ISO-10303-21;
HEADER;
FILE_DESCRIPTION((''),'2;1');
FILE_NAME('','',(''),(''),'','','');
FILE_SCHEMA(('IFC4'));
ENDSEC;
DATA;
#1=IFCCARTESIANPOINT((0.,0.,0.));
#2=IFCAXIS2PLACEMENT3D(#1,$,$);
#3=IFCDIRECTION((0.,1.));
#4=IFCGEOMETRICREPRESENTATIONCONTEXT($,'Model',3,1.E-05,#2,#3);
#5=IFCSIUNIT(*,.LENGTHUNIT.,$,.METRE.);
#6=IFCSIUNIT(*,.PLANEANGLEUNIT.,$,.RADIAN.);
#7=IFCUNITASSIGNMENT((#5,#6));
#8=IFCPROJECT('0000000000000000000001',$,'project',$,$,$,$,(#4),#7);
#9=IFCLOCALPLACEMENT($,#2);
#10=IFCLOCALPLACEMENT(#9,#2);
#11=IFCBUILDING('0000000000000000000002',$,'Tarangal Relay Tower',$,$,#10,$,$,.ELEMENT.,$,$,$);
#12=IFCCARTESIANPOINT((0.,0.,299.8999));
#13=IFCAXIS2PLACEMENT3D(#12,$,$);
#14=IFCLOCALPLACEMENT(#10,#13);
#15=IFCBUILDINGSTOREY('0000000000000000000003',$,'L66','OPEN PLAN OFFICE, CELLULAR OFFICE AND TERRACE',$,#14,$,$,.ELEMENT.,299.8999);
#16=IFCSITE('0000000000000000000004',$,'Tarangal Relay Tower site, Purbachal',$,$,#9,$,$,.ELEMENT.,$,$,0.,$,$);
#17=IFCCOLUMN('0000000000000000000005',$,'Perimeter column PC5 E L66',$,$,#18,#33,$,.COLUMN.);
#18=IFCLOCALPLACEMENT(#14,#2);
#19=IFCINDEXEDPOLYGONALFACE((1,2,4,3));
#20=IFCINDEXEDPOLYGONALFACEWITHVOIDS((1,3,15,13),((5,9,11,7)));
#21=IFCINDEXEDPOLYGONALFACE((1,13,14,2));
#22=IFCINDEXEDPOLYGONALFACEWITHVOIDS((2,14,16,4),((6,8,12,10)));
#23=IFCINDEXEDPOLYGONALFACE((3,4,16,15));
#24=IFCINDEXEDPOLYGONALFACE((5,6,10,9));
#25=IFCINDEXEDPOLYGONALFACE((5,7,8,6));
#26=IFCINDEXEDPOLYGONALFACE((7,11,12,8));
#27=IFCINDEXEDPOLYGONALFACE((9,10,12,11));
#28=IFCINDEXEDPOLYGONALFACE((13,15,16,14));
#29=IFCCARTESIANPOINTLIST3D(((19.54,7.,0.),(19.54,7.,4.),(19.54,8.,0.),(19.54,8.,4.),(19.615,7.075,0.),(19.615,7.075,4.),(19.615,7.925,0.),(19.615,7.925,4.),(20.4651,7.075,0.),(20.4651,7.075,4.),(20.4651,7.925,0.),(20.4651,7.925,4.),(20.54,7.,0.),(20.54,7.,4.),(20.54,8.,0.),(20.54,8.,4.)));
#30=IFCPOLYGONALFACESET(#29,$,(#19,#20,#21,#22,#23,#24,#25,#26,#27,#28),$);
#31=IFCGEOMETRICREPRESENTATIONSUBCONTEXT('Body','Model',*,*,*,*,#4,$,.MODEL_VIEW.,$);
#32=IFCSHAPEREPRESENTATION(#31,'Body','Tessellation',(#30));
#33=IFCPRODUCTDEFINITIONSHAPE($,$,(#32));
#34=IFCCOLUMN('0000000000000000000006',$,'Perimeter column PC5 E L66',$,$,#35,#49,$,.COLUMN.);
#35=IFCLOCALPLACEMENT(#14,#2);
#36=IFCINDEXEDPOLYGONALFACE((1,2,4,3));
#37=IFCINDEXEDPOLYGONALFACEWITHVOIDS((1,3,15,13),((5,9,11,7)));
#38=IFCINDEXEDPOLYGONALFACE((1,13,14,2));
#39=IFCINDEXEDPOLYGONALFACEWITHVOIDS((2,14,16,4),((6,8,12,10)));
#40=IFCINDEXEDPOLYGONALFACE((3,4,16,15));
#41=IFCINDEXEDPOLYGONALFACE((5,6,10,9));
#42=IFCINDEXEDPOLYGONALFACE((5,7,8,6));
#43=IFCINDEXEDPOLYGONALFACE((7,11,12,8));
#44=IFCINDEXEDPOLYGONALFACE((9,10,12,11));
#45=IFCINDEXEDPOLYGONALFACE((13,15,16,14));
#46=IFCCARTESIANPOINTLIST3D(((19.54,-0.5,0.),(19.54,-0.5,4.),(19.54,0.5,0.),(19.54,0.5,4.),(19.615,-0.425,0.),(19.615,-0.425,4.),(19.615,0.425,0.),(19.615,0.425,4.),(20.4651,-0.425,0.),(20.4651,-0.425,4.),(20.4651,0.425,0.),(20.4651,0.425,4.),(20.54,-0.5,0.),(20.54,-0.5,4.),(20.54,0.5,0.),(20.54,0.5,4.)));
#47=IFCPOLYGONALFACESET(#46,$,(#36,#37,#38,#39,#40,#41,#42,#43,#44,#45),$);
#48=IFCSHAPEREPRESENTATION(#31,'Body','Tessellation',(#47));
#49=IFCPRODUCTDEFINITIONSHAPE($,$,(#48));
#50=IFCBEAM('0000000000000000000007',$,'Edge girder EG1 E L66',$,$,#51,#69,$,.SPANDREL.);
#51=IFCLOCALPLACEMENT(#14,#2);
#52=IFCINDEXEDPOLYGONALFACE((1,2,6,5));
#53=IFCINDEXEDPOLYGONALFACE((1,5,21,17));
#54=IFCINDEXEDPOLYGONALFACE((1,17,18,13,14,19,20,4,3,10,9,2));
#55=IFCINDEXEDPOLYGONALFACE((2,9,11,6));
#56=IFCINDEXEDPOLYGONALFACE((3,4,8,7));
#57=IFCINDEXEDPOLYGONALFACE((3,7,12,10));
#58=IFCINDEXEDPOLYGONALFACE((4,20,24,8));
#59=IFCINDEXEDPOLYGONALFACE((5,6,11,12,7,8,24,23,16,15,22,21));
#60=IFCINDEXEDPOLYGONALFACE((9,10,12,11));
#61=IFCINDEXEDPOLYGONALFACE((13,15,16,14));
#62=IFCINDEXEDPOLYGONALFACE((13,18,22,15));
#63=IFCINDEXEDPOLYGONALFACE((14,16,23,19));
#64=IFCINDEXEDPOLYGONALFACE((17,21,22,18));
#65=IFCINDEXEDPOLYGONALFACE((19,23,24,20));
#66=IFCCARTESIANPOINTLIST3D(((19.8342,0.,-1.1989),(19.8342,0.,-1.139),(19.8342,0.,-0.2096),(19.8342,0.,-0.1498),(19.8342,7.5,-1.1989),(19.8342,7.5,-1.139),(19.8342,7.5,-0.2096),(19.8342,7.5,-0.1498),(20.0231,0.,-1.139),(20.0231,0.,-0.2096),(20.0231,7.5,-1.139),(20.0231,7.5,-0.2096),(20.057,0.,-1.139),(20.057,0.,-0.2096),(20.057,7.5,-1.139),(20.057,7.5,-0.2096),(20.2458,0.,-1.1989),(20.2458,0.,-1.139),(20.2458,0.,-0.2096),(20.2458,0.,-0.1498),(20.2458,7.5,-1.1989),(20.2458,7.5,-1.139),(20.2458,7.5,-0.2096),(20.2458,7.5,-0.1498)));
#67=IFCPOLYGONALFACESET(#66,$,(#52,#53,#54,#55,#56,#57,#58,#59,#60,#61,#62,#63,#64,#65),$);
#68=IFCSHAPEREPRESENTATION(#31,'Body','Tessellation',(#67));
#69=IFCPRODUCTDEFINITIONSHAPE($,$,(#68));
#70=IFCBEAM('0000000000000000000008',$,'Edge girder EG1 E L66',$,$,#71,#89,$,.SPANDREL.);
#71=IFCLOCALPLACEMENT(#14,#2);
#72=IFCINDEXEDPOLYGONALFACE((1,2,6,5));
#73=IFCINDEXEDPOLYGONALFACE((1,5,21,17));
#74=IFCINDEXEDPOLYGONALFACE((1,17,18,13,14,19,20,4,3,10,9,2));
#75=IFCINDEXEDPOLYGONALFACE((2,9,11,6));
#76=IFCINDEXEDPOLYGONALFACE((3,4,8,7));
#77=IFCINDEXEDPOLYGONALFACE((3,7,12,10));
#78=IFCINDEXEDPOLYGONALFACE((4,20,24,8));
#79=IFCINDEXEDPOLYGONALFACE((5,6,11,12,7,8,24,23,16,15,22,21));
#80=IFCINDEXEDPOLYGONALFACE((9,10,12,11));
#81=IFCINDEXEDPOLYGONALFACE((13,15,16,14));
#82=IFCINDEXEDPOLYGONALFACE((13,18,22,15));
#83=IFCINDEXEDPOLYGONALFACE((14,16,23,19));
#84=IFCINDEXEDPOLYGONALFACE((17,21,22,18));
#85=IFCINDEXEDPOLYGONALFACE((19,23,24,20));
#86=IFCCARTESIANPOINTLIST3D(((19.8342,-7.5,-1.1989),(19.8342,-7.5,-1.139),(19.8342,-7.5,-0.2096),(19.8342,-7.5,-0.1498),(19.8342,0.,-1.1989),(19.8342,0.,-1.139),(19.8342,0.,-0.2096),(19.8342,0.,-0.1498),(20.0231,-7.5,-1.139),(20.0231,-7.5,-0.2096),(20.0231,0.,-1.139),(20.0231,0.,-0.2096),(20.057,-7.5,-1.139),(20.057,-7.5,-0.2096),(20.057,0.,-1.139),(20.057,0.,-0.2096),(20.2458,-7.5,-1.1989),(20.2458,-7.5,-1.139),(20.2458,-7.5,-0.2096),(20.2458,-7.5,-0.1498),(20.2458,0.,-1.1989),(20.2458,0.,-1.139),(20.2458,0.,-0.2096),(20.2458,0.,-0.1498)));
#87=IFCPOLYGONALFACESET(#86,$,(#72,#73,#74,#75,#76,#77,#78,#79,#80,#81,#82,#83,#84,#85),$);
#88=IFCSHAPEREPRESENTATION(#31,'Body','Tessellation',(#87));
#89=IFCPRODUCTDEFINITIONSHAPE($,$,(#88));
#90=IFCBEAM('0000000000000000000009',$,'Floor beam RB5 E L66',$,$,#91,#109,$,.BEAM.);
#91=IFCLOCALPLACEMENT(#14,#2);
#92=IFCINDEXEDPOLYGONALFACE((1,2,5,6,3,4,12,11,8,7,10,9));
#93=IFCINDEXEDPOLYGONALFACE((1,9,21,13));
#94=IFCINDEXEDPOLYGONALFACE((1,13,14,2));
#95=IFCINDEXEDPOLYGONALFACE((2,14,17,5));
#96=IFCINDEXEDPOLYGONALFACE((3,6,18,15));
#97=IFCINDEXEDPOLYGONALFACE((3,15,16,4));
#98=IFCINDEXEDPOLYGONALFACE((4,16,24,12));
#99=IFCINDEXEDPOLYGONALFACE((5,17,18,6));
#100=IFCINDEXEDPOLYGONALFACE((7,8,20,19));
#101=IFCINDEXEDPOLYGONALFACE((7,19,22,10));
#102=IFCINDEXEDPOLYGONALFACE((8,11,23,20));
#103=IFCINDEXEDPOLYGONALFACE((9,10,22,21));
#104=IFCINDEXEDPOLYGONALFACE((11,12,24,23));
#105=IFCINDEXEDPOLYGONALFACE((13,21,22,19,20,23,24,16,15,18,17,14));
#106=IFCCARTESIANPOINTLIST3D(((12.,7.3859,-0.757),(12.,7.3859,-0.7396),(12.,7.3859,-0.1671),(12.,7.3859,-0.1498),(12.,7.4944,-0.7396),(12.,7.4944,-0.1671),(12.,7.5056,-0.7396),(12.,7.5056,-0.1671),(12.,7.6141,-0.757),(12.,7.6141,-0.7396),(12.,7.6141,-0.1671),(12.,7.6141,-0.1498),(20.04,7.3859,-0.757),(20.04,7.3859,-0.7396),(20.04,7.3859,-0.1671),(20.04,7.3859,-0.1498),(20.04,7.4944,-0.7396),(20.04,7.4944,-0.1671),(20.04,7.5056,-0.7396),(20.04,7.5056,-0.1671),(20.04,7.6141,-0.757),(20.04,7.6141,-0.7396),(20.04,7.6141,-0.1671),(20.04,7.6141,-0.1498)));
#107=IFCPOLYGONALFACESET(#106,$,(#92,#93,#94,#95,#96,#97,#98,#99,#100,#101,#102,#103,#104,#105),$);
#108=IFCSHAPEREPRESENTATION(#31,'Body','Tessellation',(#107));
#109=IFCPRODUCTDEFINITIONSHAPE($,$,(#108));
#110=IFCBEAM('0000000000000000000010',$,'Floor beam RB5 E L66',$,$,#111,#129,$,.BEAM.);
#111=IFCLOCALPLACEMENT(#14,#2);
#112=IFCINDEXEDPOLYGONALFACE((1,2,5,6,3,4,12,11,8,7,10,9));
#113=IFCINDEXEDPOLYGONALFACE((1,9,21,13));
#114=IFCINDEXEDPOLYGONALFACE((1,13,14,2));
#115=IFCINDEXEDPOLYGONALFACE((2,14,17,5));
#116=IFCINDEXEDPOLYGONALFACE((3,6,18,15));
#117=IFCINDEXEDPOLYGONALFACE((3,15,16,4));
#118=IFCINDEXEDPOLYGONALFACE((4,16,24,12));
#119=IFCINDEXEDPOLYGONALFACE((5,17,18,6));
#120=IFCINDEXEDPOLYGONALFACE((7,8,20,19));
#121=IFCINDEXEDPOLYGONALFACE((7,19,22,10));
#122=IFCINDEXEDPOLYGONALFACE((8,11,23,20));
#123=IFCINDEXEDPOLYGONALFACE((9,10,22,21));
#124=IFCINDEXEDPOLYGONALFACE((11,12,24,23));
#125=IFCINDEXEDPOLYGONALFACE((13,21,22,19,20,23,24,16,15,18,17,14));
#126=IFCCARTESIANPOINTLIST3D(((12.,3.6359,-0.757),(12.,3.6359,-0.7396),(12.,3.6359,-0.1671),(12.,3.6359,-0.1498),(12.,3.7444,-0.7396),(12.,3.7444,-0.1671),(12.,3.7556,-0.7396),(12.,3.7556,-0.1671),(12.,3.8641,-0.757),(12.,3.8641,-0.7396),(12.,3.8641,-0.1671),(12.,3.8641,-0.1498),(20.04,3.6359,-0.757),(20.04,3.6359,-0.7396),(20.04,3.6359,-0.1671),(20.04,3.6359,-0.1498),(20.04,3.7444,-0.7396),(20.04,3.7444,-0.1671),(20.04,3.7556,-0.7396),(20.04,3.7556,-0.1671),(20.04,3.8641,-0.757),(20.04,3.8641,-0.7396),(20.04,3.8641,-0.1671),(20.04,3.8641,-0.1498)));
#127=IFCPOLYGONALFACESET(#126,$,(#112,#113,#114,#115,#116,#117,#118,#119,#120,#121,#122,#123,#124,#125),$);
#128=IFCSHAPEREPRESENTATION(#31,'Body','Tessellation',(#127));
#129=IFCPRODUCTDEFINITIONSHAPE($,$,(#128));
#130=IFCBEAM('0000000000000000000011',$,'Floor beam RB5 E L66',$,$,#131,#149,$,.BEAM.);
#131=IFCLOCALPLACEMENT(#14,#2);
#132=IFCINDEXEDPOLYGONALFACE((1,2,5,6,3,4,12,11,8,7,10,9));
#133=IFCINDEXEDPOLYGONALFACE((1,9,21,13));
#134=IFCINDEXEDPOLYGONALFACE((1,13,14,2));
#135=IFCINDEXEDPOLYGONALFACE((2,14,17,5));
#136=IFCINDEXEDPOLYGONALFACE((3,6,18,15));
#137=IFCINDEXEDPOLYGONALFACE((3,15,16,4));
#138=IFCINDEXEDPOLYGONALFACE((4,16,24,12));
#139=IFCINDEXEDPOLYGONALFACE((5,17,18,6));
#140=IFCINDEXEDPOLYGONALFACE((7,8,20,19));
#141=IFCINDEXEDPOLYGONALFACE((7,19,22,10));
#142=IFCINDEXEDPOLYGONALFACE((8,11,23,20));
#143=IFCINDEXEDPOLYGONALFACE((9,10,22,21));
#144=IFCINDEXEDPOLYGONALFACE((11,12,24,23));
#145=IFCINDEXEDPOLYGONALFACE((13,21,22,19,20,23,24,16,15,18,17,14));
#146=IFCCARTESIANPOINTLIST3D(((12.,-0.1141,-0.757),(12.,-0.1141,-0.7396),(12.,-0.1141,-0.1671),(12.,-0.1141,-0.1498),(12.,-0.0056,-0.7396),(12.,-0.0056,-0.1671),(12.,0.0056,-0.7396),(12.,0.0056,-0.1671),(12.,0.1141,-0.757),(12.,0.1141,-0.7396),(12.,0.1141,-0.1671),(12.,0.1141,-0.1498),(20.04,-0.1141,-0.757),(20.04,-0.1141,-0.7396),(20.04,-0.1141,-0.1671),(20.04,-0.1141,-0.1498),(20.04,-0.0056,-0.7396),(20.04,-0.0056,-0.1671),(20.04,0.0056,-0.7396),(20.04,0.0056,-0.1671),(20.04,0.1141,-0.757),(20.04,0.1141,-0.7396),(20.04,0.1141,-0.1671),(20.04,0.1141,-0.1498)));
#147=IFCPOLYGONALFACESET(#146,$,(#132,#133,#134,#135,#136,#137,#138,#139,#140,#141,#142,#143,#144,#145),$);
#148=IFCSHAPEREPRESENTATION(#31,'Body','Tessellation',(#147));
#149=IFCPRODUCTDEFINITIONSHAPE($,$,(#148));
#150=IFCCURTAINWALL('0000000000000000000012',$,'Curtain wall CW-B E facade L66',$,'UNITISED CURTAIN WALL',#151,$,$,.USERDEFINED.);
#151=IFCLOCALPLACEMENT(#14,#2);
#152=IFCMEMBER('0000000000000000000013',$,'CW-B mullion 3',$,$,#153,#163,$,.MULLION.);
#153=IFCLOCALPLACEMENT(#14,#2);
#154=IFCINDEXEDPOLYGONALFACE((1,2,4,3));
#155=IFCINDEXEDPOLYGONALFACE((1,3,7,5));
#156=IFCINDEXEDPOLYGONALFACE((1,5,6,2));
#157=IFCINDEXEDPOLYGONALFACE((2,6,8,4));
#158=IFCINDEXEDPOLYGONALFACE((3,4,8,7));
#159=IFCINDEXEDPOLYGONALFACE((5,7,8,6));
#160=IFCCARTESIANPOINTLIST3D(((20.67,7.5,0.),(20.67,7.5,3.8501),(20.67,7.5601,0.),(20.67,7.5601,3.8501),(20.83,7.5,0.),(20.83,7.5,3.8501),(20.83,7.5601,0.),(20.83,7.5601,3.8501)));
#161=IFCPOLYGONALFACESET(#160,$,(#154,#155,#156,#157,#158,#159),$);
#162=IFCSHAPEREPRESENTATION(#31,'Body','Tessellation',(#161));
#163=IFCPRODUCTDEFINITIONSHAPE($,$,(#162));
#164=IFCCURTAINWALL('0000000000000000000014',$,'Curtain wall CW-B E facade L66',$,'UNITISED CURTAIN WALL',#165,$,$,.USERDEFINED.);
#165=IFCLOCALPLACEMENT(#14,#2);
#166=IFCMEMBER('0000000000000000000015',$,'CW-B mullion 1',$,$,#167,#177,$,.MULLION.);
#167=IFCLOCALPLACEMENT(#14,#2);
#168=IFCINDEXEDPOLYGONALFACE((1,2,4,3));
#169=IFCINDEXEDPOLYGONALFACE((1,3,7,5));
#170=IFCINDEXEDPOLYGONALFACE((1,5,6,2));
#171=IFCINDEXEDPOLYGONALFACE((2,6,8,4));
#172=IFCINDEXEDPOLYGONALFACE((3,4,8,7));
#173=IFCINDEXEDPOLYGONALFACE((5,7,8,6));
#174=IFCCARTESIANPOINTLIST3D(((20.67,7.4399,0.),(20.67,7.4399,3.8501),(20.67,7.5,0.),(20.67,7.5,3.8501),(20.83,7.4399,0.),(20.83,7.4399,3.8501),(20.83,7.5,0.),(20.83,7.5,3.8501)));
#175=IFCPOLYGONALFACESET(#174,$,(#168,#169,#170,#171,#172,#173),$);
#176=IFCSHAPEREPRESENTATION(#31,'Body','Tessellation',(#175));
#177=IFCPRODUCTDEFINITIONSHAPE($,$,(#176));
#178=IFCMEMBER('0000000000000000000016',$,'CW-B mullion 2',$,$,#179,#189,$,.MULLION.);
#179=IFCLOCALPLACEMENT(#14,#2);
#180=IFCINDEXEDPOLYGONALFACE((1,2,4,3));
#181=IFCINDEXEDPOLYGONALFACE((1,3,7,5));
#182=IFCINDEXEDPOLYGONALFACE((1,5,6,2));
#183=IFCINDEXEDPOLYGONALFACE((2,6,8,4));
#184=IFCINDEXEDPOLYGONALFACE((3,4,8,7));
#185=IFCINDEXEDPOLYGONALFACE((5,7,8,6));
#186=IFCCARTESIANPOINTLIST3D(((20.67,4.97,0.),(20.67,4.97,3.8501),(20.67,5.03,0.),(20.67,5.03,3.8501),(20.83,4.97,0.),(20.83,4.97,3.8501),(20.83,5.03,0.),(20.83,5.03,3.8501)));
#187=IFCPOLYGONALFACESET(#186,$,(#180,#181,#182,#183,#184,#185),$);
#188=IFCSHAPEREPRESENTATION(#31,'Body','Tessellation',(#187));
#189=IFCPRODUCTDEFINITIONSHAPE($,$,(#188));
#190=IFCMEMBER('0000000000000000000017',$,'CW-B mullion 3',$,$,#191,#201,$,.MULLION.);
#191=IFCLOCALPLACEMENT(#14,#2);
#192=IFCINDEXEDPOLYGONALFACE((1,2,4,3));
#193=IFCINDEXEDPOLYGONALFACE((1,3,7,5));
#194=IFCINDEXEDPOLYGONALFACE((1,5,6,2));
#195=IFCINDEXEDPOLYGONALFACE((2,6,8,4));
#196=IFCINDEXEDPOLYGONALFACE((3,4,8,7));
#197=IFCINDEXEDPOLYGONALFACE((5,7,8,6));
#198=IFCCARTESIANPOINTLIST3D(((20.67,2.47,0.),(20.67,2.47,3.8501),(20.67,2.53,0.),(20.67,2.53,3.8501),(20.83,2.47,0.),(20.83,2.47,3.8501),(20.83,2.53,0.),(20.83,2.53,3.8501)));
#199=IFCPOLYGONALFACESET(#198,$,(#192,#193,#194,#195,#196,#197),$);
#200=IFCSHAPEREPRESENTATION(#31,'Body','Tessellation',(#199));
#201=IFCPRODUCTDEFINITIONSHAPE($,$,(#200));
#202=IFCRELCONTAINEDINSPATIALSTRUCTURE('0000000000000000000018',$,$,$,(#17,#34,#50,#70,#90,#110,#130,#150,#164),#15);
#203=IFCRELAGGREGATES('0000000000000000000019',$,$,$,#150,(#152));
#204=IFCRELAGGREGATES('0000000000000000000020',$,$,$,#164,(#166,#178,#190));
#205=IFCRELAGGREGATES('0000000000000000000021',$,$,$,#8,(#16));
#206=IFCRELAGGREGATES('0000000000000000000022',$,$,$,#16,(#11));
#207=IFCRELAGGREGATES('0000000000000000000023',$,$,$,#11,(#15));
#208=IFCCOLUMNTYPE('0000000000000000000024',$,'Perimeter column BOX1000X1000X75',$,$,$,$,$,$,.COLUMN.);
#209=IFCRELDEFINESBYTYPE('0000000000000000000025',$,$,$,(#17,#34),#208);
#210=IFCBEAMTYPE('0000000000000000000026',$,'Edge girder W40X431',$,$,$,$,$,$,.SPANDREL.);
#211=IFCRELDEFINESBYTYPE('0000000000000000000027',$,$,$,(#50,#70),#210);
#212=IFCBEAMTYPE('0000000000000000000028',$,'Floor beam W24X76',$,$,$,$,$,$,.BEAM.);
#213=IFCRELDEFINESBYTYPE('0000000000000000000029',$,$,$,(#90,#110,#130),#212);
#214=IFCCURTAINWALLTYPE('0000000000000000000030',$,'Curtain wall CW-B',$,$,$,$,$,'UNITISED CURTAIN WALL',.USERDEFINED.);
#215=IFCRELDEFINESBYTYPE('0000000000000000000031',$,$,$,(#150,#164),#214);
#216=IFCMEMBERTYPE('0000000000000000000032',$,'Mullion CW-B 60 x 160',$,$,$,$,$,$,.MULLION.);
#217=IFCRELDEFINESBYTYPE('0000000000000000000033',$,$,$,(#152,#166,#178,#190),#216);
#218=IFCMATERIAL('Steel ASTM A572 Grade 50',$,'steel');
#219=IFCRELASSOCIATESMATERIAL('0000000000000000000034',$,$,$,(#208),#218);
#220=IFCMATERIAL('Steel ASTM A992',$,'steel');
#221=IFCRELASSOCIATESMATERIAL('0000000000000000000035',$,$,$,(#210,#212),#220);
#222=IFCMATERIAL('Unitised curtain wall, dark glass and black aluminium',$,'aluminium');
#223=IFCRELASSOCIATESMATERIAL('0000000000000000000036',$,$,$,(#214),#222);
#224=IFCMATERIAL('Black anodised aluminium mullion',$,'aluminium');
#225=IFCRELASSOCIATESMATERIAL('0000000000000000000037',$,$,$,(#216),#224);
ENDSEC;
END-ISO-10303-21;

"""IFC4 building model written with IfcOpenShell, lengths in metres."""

from ifc_helpers import new_model, si_unit, direction, frame, origin, origin_2d, place, context, subcontext, project, spatial, rectangle, hollow_rectangle, i_section, extrude, material, material_profile, profile_set, type_object, element, aggregate, save


model = new_model("IFC4")

# Units and contexts
model_context = context("Model", 3, precision=1e-05, world=origin(), true_north=direction((0.0, 1.0)))
body_context = subcontext(model_context, "Body", "Model", "MODEL_VIEW")
ifc_project = project(units=[si_unit("LENGTHUNIT", "METRE"), si_unit("PLANEANGLEUNIT", "RADIAN")], contexts=[model_context])

# Site, building, storey
site_placement = place(None, origin())
site = spatial("IfcSite", under=ifc_project, at=site_placement, Name="Tarangal Relay Tower site, Purbachal", CompositionType="ELEMENT", RefElevation=0.0)
building_placement = place(site_placement, origin())
building = spatial("IfcBuilding", under=site, at=building_placement, Name="Tarangal Relay Tower", CompositionType="ELEMENT")
storey_placement = place(building_placement, frame((0.0, 0.0, 299.8999)))
storey = spatial("IfcBuildingStorey", under=building, at=storey_placement, Name="L66", Description="OPEN PLAN OFFICE, CELLULAR OFFICE AND TERRACE", CompositionType="ELEMENT", Elevation=299.8999)

# Columns
ifc_material_1 = material(Name="Steel ASTM A572 Grade 50", Category="steel")
ifc_material_profile_1 = material_profile(ifc_material_1, hollow_rectangle(XDim=1.0, YDim=1.0, WallThickness=0.075, at=origin_2d()), Name="BOX1000X1000X75")
ifc_profile_set_1 = profile_set([ifc_material_profile_1], Name="Steel ASTM A572 Grade 50")
column_type = type_object("IfcColumnType", Name="Perimeter column BOX1000X1000X75", PredefinedType="COLUMN", material=ifc_profile_set_1)
for number, where, z_axis, x_axis, name in (
    (1, (20.04, 7.5, 0.0), (0.0, 0.0, 1.0), (1.0, 0.0, 0.0), "Perimeter column PC5 E L66"),
    (2, (20.04, 0.0, 0.0), (0.0, 0.0, 1.0), (1.0, 0.0, 0.0), "Perimeter column PC5 E L66"),
):
    element("IfcColumn", number, at=place(storey_placement, frame(where, z_axis=z_axis, x_axis=x_axis)), inside=storey, type_object=column_type, Name=name, PredefinedType="COLUMN", context=body_context, shape_type="SweptSolid", body=[
        extrude(hollow_rectangle(XDim=1.0, YDim=1.0, WallThickness=0.075, at=origin_2d()), origin(), (0.0, 0.0, 1.0), 4.0),
    ])

# Beams
ifc_material_2 = material(Name="Steel ASTM A992", Category="steel")
ifc_material_profile_2 = material_profile(ifc_material_2, i_section(OverallWidth=0.4116, OverallDepth=1.0491, WebThickness=0.0339, FlangeThickness=0.0598, at=origin_2d()), Name="W40X431")
ifc_profile_set_2 = profile_set([ifc_material_profile_2], Name="Steel ASTM A992")
beam_type_1 = type_object("IfcBeamType", Name="Edge girder W40X431", PredefinedType="SPANDREL", material=ifc_profile_set_2)
for number, where, z_axis, x_axis, name in (
    (3, (20.04, 7.5, -0.6743), (0.0, -1.0, 0.0), (1.0, 0.0, 0.0), "Edge girder EG1 E L66"),
    (4, (20.04, 0.0, -0.6743), (0.0, -1.0, 0.0), (1.0, 0.0, 0.0), "Edge girder EG1 E L66"),
):
    element("IfcBeam", number, at=place(storey_placement, frame(where, z_axis=z_axis, x_axis=x_axis)), inside=storey, type_object=beam_type_1, Name=name, PredefinedType="SPANDREL", context=body_context, shape_type="SweptSolid", body=[
        extrude(i_section(OverallWidth=0.4116, OverallDepth=1.0491, WebThickness=0.0339, FlangeThickness=0.0598, at=origin_2d()), origin(), (0.0, 0.0, 1.0), 7.5),
    ])
ifc_material_profile_3 = material_profile(ifc_material_2, i_section(OverallWidth=0.2283, OverallDepth=0.6072, WebThickness=0.0112, FlangeThickness=0.0173, at=origin_2d()), Name="W24X76")
ifc_profile_set_3 = profile_set([ifc_material_profile_3], Name="Steel ASTM A992")
beam_type_2 = type_object("IfcBeamType", Name="Floor beam W24X76", PredefinedType="BEAM", material=ifc_profile_set_3)
for number, where, z_axis, x_axis, name in (
    (5, (12.0, 7.5, -0.4534), (1.0, 0.0, 0.0), (0.0, 1.0, 0.0), "Floor beam RB5 E L66"),
    (6, (12.0, 3.75, -0.4534), (1.0, 0.0, 0.0), (0.0, 1.0, 0.0), "Floor beam RB5 E L66"),
    (7, (12.0, 0.0, -0.4534), (1.0, 0.0, 0.0), (0.0, 1.0, 0.0), "Floor beam RB5 E L66"),
):
    element("IfcBeam", number, at=place(storey_placement, frame(where, z_axis=z_axis, x_axis=x_axis)), inside=storey, type_object=beam_type_2, Name=name, PredefinedType="BEAM", context=body_context, shape_type="SweptSolid", body=[
        extrude(i_section(OverallWidth=0.2283, OverallDepth=0.6072, WebThickness=0.0112, FlangeThickness=0.0173, at=origin_2d()), origin(), (0.0, 0.0, 1.0), 8.04),
    ])

# Curtain wall, member
ifc_material_3 = material(Name="Unitised curtain wall, dark glass and black aluminium", Category="aluminium")
curtain_wall_type = type_object("IfcCurtainWallType", Name="Curtain wall CW-B", ElementType="UNITISED CURTAIN WALL", PredefinedType="USERDEFINED", material=ifc_material_3)
curtain_wall_1_placement = place(storey_placement, origin())
curtain_wall_1 = element("IfcCurtainWall", 8, at=curtain_wall_1_placement, inside=storey, type_object=curtain_wall_type, Name="Curtain wall CW-B E facade L66", ObjectType="UNITISED CURTAIN WALL", PredefinedType="USERDEFINED")
ifc_material_4 = material(Name="Black anodised aluminium mullion", Category="aluminium")
ifc_material_profile_4 = material_profile(ifc_material_4, rectangle(XDim=0.1599, YDim=0.0601, at=origin_2d()), Name="CW-BM 60X160")
ifc_profile_set_4 = profile_set([ifc_material_profile_4], Name="Black anodised aluminium mullion")
member_type_1 = type_object("IfcMemberType", Name="Mullion CW-B 60 x 160", PredefinedType="MULLION", material=ifc_profile_set_4)
member_1_placement = place(storey_placement, frame((20.75, 7.53, 0.0), z_axis=(0.0, 0.0, 1.0), x_axis=(1.0, 0.0, 0.0)))
member_1 = element("IfcMember", 9, at=member_1_placement, type_object=member_type_1, Name="CW-B mullion 3", PredefinedType="MULLION", context=body_context, shape_type="SweptSolid", body=[
    extrude(rectangle(XDim=0.1599, YDim=0.0601, at=origin_2d()), origin(), (0.0, 0.0, 1.0), 3.8501),
])

# Curtain wall, members
curtain_wall_2_placement = place(storey_placement, origin())
curtain_wall_2 = element("IfcCurtainWall", 10, at=curtain_wall_2_placement, inside=storey, type_object=curtain_wall_type, Name="Curtain wall CW-B E facade L66", ObjectType="UNITISED CURTAIN WALL", PredefinedType="USERDEFINED")
member_2_placement = place(storey_placement, frame((20.75, 7.47, 0.0), z_axis=(0.0, 0.0, 1.0), x_axis=(1.0, 0.0, 0.0)))
member_2 = element("IfcMember", 11, at=member_2_placement, type_object=member_type_1, Name="CW-B mullion 1", PredefinedType="MULLION", context=body_context, shape_type="SweptSolid", body=[
    extrude(rectangle(XDim=0.1599, YDim=0.0601, at=origin_2d()), origin(), (0.0, 0.0, 1.0), 3.8501),
])
member_3_placement = place(storey_placement, frame((20.75, 5.0, 0.0), z_axis=(0.0, 0.0, 1.0), x_axis=(1.0, 0.0, 0.0)))
member_3 = element("IfcMember", 12, at=member_3_placement, type_object=member_type_1, Name="CW-B mullion 2", PredefinedType="MULLION", context=body_context, shape_type="SweptSolid", body=[
    extrude(rectangle(XDim=0.1599, YDim=0.0601, at=origin_2d()), origin(), (0.0, 0.0, 1.0), 3.8501),
])
member_4_placement = place(storey_placement, frame((20.75, 2.5, 0.0), z_axis=(0.0, 0.0, 1.0), x_axis=(1.0, 0.0, 0.0)))
member_4 = element("IfcMember", 13, at=member_4_placement, type_object=member_type_1, Name="CW-B mullion 3", PredefinedType="MULLION", context=body_context, shape_type="SweptSolid", body=[
    extrude(rectangle(XDim=0.1599, YDim=0.0601, at=origin_2d()), origin(), (0.0, 0.0, 1.0), 3.8501),
])

aggregate(curtain_wall_1, [member_1])
aggregate(curtain_wall_2, [member_2, member_3, member_4])

save(model, "model.ifc")
